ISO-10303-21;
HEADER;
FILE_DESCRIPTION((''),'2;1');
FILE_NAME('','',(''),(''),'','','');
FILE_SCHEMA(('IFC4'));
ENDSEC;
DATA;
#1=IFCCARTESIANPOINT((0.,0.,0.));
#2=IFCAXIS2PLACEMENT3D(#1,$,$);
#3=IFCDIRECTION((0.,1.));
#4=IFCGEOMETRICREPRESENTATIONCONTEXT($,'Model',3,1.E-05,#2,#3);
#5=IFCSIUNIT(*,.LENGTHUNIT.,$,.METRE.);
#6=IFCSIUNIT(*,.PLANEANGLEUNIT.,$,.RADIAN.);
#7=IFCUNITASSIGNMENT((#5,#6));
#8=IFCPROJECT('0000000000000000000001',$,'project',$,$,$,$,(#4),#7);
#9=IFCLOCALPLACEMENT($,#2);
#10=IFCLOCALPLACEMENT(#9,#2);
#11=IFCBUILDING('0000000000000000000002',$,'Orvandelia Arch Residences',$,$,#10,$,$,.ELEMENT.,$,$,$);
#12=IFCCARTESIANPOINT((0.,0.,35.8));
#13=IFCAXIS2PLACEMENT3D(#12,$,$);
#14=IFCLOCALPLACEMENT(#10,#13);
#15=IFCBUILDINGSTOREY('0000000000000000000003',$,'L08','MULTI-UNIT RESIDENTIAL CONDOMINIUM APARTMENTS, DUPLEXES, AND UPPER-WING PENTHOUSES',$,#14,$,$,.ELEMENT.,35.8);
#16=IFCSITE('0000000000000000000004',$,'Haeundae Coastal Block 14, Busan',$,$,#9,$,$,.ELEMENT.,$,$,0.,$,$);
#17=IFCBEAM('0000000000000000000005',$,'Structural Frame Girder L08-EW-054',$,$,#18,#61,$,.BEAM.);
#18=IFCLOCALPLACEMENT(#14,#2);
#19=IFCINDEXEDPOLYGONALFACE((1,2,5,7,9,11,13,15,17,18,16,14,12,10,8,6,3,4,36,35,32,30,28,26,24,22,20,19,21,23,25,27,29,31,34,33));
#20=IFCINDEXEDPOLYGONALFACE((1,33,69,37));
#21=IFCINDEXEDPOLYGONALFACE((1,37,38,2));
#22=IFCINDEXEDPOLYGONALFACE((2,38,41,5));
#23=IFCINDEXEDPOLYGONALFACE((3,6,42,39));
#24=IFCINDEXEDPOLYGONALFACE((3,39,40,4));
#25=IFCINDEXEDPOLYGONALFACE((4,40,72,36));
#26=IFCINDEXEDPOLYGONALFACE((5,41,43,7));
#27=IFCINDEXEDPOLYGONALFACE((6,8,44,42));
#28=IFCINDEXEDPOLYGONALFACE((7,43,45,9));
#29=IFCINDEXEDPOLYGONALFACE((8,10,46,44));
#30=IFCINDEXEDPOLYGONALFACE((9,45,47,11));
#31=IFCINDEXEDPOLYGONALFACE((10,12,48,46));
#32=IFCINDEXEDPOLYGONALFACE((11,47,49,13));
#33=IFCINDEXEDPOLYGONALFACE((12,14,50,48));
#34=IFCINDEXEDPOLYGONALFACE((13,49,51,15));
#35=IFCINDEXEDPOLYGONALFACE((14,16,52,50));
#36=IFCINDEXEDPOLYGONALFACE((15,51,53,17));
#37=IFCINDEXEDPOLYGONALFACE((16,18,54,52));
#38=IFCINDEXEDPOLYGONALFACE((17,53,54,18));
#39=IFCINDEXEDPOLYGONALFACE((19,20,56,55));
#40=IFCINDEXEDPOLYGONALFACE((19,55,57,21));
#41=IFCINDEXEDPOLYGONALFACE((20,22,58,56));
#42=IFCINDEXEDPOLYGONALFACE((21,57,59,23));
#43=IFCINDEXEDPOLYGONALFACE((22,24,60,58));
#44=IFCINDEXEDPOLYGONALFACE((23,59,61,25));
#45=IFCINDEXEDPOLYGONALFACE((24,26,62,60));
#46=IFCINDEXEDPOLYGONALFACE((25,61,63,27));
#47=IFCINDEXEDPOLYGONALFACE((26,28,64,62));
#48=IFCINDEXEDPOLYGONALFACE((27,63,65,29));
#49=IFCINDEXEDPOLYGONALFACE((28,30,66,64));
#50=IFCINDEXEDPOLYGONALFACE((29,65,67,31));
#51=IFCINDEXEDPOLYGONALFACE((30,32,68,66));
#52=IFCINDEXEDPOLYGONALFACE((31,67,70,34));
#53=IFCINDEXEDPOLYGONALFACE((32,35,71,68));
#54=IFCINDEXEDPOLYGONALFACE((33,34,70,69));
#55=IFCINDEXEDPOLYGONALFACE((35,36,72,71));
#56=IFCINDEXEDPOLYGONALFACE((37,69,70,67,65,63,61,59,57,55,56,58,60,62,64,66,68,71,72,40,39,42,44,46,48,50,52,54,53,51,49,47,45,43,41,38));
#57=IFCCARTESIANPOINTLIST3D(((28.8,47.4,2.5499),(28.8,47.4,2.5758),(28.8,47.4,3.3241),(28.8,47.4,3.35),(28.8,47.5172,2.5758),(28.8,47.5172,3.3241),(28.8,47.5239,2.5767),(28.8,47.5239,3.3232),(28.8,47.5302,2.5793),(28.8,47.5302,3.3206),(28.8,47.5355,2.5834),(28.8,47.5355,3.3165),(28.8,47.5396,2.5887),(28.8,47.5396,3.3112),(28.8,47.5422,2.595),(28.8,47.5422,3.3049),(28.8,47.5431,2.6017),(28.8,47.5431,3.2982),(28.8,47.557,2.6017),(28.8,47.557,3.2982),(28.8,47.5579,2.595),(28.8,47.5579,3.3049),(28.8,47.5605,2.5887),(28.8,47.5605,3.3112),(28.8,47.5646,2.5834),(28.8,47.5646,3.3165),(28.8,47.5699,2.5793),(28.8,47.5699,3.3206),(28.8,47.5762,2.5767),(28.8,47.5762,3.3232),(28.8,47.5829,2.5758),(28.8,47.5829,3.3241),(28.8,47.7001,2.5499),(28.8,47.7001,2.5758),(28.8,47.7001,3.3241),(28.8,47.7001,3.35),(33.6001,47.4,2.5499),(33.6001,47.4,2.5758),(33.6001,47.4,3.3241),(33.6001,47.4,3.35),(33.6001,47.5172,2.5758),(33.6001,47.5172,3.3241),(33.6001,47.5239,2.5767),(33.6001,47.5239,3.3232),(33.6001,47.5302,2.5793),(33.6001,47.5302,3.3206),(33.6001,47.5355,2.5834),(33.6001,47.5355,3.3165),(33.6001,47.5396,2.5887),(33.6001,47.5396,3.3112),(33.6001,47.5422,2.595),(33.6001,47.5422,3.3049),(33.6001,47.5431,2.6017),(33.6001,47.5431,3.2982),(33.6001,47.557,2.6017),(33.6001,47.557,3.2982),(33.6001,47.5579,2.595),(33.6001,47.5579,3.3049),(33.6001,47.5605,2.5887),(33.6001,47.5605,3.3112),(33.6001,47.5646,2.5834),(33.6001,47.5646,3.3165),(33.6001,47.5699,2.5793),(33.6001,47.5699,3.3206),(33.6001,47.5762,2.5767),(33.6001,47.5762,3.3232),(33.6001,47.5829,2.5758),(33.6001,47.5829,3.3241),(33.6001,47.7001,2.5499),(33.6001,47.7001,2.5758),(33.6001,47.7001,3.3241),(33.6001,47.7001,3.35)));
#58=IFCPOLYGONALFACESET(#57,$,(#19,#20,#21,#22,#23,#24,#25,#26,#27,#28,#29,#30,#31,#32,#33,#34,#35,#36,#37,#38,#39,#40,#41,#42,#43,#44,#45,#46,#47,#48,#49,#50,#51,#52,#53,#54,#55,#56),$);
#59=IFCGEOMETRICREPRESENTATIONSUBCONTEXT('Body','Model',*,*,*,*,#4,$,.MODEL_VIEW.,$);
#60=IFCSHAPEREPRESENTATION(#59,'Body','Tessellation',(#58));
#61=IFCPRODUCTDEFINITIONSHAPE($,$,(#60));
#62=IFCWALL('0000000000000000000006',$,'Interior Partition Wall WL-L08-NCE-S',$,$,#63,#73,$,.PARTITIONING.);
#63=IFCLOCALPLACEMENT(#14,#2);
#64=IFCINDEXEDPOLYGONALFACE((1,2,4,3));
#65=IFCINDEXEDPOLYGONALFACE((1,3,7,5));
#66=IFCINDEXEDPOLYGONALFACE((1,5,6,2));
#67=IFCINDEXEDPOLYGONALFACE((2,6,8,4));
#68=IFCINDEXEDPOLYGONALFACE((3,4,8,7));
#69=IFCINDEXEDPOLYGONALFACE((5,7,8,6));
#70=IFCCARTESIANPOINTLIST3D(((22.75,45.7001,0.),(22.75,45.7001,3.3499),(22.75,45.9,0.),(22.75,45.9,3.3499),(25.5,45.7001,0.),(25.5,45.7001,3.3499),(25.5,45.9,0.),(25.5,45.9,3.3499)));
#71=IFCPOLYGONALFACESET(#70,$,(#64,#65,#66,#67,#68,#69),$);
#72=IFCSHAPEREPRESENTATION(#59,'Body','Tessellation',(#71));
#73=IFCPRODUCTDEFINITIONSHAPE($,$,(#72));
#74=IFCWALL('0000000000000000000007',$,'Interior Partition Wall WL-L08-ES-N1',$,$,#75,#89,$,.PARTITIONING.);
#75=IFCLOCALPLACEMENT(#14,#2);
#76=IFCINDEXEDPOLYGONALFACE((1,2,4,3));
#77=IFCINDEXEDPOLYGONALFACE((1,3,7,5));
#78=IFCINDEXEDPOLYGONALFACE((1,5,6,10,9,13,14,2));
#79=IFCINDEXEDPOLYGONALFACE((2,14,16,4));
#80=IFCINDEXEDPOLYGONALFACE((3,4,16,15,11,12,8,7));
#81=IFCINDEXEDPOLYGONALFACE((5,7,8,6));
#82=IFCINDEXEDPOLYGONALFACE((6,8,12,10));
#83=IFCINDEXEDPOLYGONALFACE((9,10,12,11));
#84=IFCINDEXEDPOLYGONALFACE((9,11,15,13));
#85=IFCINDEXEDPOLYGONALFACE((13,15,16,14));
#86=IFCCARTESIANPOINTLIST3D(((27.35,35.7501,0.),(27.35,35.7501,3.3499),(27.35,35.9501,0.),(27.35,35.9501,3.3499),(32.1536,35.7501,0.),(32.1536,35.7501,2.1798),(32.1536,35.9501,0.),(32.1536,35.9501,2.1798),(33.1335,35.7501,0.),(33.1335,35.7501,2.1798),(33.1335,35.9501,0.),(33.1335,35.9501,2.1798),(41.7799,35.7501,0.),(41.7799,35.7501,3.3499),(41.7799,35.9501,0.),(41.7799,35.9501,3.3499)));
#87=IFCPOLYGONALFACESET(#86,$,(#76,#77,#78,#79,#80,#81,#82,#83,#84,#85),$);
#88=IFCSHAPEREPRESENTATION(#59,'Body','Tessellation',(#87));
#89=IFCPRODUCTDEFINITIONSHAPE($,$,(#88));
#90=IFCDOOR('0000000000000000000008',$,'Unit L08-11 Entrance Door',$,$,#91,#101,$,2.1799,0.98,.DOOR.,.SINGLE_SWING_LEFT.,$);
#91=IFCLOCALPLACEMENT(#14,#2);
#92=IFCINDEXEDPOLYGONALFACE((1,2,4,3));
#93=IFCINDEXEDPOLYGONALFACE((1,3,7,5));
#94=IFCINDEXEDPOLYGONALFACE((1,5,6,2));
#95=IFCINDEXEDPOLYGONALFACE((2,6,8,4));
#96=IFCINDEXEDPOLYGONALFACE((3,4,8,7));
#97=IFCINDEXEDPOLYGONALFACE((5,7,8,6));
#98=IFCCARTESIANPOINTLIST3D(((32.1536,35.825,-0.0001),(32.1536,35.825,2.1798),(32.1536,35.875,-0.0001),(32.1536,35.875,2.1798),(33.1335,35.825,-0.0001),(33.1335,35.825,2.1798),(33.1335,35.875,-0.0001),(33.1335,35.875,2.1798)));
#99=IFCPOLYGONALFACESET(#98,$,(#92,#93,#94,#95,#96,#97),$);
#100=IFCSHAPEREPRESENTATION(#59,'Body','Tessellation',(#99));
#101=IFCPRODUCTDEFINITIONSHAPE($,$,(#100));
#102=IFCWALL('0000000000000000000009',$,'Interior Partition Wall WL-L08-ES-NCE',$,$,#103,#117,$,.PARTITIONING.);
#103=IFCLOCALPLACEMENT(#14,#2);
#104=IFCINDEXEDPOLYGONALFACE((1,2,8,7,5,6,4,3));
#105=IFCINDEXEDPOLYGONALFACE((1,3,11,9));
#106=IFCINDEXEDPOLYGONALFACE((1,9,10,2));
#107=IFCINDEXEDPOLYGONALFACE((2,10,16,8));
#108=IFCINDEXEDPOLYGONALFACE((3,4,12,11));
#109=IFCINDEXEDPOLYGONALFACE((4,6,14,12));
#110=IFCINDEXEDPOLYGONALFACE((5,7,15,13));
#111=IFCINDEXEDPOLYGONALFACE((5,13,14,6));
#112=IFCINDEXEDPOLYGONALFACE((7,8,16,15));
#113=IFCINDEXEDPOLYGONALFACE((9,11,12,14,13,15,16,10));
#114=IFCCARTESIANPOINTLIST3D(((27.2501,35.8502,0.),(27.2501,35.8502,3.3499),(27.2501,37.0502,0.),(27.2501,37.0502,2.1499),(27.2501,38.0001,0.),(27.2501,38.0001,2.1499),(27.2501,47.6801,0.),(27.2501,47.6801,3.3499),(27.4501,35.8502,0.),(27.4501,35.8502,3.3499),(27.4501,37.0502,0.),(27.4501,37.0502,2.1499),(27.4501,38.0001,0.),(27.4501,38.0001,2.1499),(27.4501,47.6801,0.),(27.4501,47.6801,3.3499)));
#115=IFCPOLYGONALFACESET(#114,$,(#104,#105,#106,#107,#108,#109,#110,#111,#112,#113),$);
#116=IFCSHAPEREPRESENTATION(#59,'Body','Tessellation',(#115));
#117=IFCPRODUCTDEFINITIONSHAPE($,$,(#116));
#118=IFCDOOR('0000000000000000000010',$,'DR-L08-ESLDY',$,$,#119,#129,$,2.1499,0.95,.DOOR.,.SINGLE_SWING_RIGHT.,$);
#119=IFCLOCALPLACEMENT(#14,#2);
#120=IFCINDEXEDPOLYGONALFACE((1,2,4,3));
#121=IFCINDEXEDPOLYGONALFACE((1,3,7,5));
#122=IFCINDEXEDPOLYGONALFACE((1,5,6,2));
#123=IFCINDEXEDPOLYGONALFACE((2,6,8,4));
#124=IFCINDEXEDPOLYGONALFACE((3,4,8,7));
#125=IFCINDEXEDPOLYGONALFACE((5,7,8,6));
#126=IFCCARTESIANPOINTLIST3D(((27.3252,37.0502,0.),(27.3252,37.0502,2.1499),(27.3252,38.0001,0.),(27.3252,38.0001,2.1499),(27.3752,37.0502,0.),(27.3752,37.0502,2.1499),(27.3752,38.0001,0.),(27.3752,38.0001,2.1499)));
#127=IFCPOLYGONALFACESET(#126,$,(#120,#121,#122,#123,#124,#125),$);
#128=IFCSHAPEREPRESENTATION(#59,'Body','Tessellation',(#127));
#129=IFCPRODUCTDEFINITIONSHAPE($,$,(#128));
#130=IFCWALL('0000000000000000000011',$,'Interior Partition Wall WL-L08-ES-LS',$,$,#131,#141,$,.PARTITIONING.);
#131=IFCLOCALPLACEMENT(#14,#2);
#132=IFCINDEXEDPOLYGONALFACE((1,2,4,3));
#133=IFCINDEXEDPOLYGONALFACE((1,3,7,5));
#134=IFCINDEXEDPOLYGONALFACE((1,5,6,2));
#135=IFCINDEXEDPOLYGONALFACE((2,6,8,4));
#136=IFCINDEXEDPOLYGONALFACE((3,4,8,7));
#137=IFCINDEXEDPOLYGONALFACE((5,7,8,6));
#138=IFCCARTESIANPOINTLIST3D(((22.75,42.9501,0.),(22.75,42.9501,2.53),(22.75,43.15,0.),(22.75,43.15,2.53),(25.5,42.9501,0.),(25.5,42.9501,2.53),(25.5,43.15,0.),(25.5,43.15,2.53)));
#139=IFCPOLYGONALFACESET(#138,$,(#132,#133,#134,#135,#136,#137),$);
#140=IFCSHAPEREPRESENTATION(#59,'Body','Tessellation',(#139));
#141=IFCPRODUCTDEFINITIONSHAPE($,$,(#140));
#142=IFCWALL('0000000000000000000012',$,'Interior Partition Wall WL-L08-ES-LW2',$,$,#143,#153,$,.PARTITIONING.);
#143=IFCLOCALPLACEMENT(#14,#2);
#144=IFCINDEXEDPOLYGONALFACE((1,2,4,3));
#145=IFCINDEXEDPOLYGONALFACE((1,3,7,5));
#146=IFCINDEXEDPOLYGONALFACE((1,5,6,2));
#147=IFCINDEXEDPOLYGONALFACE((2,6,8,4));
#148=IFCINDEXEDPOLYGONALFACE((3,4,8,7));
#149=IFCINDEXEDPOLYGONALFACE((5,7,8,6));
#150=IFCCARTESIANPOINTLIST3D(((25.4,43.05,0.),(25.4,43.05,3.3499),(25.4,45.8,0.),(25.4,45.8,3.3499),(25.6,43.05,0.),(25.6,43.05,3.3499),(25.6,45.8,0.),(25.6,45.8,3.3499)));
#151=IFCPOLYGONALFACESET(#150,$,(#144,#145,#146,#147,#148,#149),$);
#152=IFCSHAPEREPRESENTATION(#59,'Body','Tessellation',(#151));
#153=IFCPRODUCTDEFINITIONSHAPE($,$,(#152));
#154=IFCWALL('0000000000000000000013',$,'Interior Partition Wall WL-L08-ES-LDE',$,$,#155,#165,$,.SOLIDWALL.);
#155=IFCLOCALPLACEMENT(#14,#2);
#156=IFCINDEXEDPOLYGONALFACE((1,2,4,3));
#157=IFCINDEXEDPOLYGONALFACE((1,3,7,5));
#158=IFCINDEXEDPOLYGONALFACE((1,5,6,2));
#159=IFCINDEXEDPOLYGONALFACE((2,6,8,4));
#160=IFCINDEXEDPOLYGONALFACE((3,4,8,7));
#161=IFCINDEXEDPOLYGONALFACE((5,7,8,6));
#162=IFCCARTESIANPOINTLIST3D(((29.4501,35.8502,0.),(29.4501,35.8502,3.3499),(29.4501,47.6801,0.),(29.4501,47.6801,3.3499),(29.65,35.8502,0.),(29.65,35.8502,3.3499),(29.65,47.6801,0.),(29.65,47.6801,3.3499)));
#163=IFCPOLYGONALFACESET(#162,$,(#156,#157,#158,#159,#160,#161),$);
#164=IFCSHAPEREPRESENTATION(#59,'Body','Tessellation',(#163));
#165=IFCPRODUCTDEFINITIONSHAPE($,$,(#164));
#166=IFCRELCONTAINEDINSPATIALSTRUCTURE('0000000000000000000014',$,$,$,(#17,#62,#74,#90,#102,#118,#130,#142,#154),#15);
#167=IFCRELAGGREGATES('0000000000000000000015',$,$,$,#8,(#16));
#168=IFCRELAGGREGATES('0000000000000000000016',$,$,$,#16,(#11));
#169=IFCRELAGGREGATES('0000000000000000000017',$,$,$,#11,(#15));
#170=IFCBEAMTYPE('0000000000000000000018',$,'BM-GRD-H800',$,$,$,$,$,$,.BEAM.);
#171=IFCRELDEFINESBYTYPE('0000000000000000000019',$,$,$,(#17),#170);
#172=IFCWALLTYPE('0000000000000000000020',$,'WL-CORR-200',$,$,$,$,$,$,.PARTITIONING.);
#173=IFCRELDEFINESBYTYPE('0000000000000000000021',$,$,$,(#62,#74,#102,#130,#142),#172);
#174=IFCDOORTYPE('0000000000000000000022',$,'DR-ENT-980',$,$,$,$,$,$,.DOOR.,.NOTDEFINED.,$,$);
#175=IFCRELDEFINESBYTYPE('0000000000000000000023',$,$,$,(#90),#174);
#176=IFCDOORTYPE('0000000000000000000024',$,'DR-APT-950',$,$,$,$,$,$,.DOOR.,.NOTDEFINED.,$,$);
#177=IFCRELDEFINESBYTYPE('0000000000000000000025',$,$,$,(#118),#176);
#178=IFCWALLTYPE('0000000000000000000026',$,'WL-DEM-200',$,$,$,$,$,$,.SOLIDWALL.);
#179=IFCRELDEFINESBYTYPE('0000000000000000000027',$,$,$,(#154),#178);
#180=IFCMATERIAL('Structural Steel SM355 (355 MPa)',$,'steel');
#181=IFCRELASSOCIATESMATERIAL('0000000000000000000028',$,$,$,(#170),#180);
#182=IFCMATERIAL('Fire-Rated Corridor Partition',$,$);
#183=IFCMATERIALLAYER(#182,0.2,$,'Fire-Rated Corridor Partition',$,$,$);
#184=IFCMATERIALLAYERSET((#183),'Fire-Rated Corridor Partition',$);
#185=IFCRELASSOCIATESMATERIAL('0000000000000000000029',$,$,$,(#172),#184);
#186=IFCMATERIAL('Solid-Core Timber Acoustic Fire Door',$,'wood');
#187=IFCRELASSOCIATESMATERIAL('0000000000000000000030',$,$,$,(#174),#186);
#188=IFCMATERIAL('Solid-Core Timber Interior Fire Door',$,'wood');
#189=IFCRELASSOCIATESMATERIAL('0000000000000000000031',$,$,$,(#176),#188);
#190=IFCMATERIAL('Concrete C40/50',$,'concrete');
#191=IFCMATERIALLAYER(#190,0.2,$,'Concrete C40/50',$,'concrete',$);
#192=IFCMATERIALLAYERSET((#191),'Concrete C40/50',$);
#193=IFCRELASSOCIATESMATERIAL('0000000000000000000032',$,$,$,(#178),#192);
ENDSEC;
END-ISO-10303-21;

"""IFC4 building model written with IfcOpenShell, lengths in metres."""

from ifc_helpers import new_model, si_unit, direction, frame, frame_2d, origin, origin_2d, place, context, subcontext, project, spatial, rectangle, i_section, extrude, material, layer, layer_set, material_profile, profile_set, type_object, element, fill, save


model = new_model("IFC4")

# Units and contexts
model_context = context("Model", 3, precision=1e-05, world=origin(), true_north=direction((0.0, 1.0)))
body_context = subcontext(model_context, "Body", "Model", "MODEL_VIEW")
ifc_project = project(units=[si_unit("LENGTHUNIT", "METRE"), si_unit("PLANEANGLEUNIT", "RADIAN")], contexts=[model_context])

# Site, building, storey
site_placement = place(None, origin())
site = spatial("IfcSite", under=ifc_project, at=site_placement, Name="Haeundae Coastal Block 14, Busan", CompositionType="ELEMENT", RefElevation=0.0)
building_placement = place(site_placement, origin())
building = spatial("IfcBuilding", under=site, at=building_placement, Name="Orvandelia Arch Residences", CompositionType="ELEMENT")
storey_placement = place(building_placement, frame((0.0, 0.0, 35.8)))
storey = spatial("IfcBuildingStorey", under=building, at=storey_placement, Name="L08", Description="MULTI-UNIT RESIDENTIAL CONDOMINIUM APARTMENTS, DUPLEXES, AND UPPER-WING PENTHOUSES", CompositionType="ELEMENT", Elevation=35.8)

# Beam
ifc_material_1 = material(Name="Structural Steel SM355 (355 MPa)", Category="steel")
ifc_material_profile_1 = material_profile(ifc_material_1, i_section(OverallWidth=0.3, OverallDepth=0.8, WebThickness=0.0139, FlangeThickness=0.0259, FilletRadius=0.0259, at=origin_2d()), Name="Structural Steel SM355 (355 MPa)", Category="steel")
ifc_profile_set_1 = profile_set([ifc_material_profile_1], Name="Structural Steel SM355 (355 MPa)")
beam_type = type_object("IfcBeamType", Name="BM-GRD-H800", PredefinedType="BEAM", material=ifc_profile_set_1)
beam_1_placement = place(storey_placement, frame((28.8, 47.55, 2.95), z_axis=(1.0, 0.0, 0.0), x_axis=(0.0, 1.0, 0.0)))
element("IfcBeam", 1, at=beam_1_placement, inside=storey, type_object=beam_type, Name="Structural Frame Girder L08-EW-054", PredefinedType="BEAM", context=body_context, shape_type="SweptSolid", body=[
    extrude(i_section(OverallWidth=0.3, OverallDepth=0.8, WebThickness=0.0139, FlangeThickness=0.0259, FilletRadius=0.0259, at=origin_2d()), origin(), (0.0, 0.0, 1.0), 4.8),
])

# Wall
ifc_material_2 = material(Name="Fire-Rated Corridor Partition")
ifc_layer_1 = layer(ifc_material_2, 0.2, Name="Fire-Rated Corridor Partition")
ifc_layer_set_1 = layer_set([ifc_layer_1], Name="Fire-Rated Corridor Partition")
wall_type_1 = type_object("IfcWallType", Name="WL-CORR-200", PredefinedType="PARTITIONING", material=ifc_layer_set_1)
wall_1_placement = place(storey_placement, frame((22.75, 45.8, 0.0), z_axis=(0.0, 0.0, 1.0), x_axis=(1.0, 0.0, 0.0)))
element("IfcWall", 2, at=wall_1_placement, inside=storey, type_object=wall_type_1, Name="Interior Partition Wall WL-L08-NCE-S", PredefinedType="PARTITIONING", context=body_context, shape_type="SweptSolid", body=[
    extrude(rectangle(XDim=2.75, YDim=0.2, at=frame_2d((1.375, 0.0))), origin(), (0.0, 0.0, 1.0), 3.3499),
])

# Walls, openings, doors
wall_2_placement = place(storey_placement, frame((27.3501, 35.8501, 0.0), z_axis=(0.0, 0.0, 1.0), x_axis=(1.0, 0.0, 0.0)))
wall_2 = element("IfcWall", 3, at=wall_2_placement, inside=storey, type_object=wall_type_1, Name="Interior Partition Wall WL-L08-ES-N1", PredefinedType="PARTITIONING", context=body_context, shape_type="SweptSolid", body=[
    extrude(rectangle(XDim=14.4299, YDim=0.2, at=frame_2d((7.2148, 0.0))), origin(), (0.0, 0.0, 1.0), 3.3499),
])
opening_1_placement = place(wall_2_placement, frame((4.8035, 0.0, 0.0)))
opening_1 = element("IfcOpeningElement", 4, at=opening_1_placement, cuts=wall_2, PredefinedType="OPENING", context=body_context, shape_type="SweptSolid", body=[
    extrude(rectangle(XDim=0.98, YDim=2.1799, at=frame_2d((0.49, 1.0898))), frame((0.0, 0.1099, 0.0), z_axis=(0.0, -1.0, 0.0), x_axis=(1.0, 0.0, 0.0)), (0.0, 0.0, 1.0), 0.22),
])
ifc_material_3 = material(Name="Solid-Core Timber Acoustic Fire Door", Category="wood")
door_type_1 = type_object("IfcDoorType", Name="DR-ENT-980", OperationType="NOTDEFINED", PredefinedType="DOOR", material=ifc_material_3)
door_1_placement = place(opening_1_placement, origin())
door_1 = element("IfcDoor", 5, at=door_1_placement, inside=storey, type_object=door_type_1, Name="Unit L08-11 Entrance Door", OperationType="SINGLE_SWING_LEFT", OverallHeight=2.1799, OverallWidth=0.98, PredefinedType="DOOR", context=body_context, shape_type="SweptSolid", body=[
    extrude(rectangle(XDim=0.98, YDim=2.1799, at=frame_2d((0.49, 1.0898))), frame((0.0, 0.0249, 0.0), z_axis=(0.0, -1.0, 0.0), x_axis=(1.0, 0.0, 0.0)), (0.0, 0.0, 1.0), 0.05),
])
fill(opening_1, door_1)
wall_3_placement = place(storey_placement, frame((27.3501, 35.8501, 0.0), z_axis=(0.0, 0.0, 1.0), x_axis=(0.0, 1.0, 0.0)))
wall_3 = element("IfcWall", 6, at=wall_3_placement, inside=storey, type_object=wall_type_1, Name="Interior Partition Wall WL-L08-ES-NCE", PredefinedType="PARTITIONING", context=body_context, shape_type="SweptSolid", body=[
    extrude(rectangle(XDim=11.8298, YDim=0.2, at=frame_2d((5.915, 0.0))), origin(), (0.0, 0.0, 1.0), 3.3499),
])
opening_2_placement = place(wall_3_placement, frame((1.2, 0.0, 0.0)))
opening_2 = element("IfcOpeningElement", 7, at=opening_2_placement, cuts=wall_3, PredefinedType="OPENING", context=body_context, shape_type="SweptSolid", body=[
    extrude(rectangle(XDim=0.95, YDim=2.1499, at=frame_2d((0.4751, 1.075))), frame((0.0, 0.1099, 0.0), z_axis=(0.0, -1.0, 0.0), x_axis=(1.0, 0.0, 0.0)), (0.0, 0.0, 1.0), 0.22),
])
ifc_material_4 = material(Name="Solid-Core Timber Interior Fire Door", Category="wood")
door_type_2 = type_object("IfcDoorType", Name="DR-APT-950", OperationType="NOTDEFINED", PredefinedType="DOOR", material=ifc_material_4)
door_2_placement = place(opening_2_placement, origin())
door_2 = element("IfcDoor", 8, at=door_2_placement, inside=storey, type_object=door_type_2, Name="DR-L08-ESLDY", OperationType="SINGLE_SWING_RIGHT", OverallHeight=2.1499, OverallWidth=0.95, PredefinedType="DOOR", context=body_context, shape_type="SweptSolid", body=[
    extrude(rectangle(XDim=0.95, YDim=2.1499, at=frame_2d((0.4751, 1.075))), frame((0.0, 0.0249, 0.0), z_axis=(0.0, -1.0, 0.0), x_axis=(1.0, 0.0, 0.0)), (0.0, 0.0, 1.0), 0.05),
])
fill(opening_2, door_2)

# Walls
wall_4_placement = place(storey_placement, frame((22.75, 43.05, 0.0), z_axis=(0.0, 0.0, 1.0), x_axis=(1.0, 0.0, 0.0)))
element("IfcWall", 9, at=wall_4_placement, inside=storey, type_object=wall_type_1, Name="Interior Partition Wall WL-L08-ES-LS", PredefinedType="PARTITIONING", context=body_context, shape_type="SweptSolid", body=[
    extrude(rectangle(XDim=2.75, YDim=0.2, at=frame_2d((1.375, 0.0))), origin(), (0.0, 0.0, 1.0), 2.53),
])
wall_5_placement = place(storey_placement, frame((25.5, 43.05, 0.0), z_axis=(0.0, 0.0, 1.0), x_axis=(0.0, 1.0, 0.0)))
element("IfcWall", 10, at=wall_5_placement, inside=storey, type_object=wall_type_1, Name="Interior Partition Wall WL-L08-ES-LW2", PredefinedType="PARTITIONING", context=body_context, shape_type="SweptSolid", body=[
    extrude(rectangle(XDim=2.75, YDim=0.2, at=frame_2d((1.375, 0.0))), origin(), (0.0, 0.0, 1.0), 3.3499),
])
ifc_material_5 = material(Name="Concrete C40/50", Category="concrete")
ifc_layer_2 = layer(ifc_material_5, 0.2, Name="Concrete C40/50", Category="concrete")
ifc_layer_set_2 = layer_set([ifc_layer_2], Name="Concrete C40/50")
wall_type_2 = type_object("IfcWallType", Name="WL-DEM-200", PredefinedType="SOLIDWALL", material=ifc_layer_set_2)
wall_6_placement = place(storey_placement, frame((29.55, 35.8501, 0.0), z_axis=(0.0, 0.0, 1.0), x_axis=(0.0, 1.0, 0.0)))
element("IfcWall", 11, at=wall_6_placement, inside=storey, type_object=wall_type_2, Name="Interior Partition Wall WL-L08-ES-LDE", PredefinedType="SOLIDWALL", context=body_context, shape_type="SweptSolid", body=[
    extrude(rectangle(XDim=11.8298, YDim=0.2, at=frame_2d((5.915, 0.0))), origin(), (0.0, 0.0, 1.0), 3.3499),
])

save(model, "model.ifc")
